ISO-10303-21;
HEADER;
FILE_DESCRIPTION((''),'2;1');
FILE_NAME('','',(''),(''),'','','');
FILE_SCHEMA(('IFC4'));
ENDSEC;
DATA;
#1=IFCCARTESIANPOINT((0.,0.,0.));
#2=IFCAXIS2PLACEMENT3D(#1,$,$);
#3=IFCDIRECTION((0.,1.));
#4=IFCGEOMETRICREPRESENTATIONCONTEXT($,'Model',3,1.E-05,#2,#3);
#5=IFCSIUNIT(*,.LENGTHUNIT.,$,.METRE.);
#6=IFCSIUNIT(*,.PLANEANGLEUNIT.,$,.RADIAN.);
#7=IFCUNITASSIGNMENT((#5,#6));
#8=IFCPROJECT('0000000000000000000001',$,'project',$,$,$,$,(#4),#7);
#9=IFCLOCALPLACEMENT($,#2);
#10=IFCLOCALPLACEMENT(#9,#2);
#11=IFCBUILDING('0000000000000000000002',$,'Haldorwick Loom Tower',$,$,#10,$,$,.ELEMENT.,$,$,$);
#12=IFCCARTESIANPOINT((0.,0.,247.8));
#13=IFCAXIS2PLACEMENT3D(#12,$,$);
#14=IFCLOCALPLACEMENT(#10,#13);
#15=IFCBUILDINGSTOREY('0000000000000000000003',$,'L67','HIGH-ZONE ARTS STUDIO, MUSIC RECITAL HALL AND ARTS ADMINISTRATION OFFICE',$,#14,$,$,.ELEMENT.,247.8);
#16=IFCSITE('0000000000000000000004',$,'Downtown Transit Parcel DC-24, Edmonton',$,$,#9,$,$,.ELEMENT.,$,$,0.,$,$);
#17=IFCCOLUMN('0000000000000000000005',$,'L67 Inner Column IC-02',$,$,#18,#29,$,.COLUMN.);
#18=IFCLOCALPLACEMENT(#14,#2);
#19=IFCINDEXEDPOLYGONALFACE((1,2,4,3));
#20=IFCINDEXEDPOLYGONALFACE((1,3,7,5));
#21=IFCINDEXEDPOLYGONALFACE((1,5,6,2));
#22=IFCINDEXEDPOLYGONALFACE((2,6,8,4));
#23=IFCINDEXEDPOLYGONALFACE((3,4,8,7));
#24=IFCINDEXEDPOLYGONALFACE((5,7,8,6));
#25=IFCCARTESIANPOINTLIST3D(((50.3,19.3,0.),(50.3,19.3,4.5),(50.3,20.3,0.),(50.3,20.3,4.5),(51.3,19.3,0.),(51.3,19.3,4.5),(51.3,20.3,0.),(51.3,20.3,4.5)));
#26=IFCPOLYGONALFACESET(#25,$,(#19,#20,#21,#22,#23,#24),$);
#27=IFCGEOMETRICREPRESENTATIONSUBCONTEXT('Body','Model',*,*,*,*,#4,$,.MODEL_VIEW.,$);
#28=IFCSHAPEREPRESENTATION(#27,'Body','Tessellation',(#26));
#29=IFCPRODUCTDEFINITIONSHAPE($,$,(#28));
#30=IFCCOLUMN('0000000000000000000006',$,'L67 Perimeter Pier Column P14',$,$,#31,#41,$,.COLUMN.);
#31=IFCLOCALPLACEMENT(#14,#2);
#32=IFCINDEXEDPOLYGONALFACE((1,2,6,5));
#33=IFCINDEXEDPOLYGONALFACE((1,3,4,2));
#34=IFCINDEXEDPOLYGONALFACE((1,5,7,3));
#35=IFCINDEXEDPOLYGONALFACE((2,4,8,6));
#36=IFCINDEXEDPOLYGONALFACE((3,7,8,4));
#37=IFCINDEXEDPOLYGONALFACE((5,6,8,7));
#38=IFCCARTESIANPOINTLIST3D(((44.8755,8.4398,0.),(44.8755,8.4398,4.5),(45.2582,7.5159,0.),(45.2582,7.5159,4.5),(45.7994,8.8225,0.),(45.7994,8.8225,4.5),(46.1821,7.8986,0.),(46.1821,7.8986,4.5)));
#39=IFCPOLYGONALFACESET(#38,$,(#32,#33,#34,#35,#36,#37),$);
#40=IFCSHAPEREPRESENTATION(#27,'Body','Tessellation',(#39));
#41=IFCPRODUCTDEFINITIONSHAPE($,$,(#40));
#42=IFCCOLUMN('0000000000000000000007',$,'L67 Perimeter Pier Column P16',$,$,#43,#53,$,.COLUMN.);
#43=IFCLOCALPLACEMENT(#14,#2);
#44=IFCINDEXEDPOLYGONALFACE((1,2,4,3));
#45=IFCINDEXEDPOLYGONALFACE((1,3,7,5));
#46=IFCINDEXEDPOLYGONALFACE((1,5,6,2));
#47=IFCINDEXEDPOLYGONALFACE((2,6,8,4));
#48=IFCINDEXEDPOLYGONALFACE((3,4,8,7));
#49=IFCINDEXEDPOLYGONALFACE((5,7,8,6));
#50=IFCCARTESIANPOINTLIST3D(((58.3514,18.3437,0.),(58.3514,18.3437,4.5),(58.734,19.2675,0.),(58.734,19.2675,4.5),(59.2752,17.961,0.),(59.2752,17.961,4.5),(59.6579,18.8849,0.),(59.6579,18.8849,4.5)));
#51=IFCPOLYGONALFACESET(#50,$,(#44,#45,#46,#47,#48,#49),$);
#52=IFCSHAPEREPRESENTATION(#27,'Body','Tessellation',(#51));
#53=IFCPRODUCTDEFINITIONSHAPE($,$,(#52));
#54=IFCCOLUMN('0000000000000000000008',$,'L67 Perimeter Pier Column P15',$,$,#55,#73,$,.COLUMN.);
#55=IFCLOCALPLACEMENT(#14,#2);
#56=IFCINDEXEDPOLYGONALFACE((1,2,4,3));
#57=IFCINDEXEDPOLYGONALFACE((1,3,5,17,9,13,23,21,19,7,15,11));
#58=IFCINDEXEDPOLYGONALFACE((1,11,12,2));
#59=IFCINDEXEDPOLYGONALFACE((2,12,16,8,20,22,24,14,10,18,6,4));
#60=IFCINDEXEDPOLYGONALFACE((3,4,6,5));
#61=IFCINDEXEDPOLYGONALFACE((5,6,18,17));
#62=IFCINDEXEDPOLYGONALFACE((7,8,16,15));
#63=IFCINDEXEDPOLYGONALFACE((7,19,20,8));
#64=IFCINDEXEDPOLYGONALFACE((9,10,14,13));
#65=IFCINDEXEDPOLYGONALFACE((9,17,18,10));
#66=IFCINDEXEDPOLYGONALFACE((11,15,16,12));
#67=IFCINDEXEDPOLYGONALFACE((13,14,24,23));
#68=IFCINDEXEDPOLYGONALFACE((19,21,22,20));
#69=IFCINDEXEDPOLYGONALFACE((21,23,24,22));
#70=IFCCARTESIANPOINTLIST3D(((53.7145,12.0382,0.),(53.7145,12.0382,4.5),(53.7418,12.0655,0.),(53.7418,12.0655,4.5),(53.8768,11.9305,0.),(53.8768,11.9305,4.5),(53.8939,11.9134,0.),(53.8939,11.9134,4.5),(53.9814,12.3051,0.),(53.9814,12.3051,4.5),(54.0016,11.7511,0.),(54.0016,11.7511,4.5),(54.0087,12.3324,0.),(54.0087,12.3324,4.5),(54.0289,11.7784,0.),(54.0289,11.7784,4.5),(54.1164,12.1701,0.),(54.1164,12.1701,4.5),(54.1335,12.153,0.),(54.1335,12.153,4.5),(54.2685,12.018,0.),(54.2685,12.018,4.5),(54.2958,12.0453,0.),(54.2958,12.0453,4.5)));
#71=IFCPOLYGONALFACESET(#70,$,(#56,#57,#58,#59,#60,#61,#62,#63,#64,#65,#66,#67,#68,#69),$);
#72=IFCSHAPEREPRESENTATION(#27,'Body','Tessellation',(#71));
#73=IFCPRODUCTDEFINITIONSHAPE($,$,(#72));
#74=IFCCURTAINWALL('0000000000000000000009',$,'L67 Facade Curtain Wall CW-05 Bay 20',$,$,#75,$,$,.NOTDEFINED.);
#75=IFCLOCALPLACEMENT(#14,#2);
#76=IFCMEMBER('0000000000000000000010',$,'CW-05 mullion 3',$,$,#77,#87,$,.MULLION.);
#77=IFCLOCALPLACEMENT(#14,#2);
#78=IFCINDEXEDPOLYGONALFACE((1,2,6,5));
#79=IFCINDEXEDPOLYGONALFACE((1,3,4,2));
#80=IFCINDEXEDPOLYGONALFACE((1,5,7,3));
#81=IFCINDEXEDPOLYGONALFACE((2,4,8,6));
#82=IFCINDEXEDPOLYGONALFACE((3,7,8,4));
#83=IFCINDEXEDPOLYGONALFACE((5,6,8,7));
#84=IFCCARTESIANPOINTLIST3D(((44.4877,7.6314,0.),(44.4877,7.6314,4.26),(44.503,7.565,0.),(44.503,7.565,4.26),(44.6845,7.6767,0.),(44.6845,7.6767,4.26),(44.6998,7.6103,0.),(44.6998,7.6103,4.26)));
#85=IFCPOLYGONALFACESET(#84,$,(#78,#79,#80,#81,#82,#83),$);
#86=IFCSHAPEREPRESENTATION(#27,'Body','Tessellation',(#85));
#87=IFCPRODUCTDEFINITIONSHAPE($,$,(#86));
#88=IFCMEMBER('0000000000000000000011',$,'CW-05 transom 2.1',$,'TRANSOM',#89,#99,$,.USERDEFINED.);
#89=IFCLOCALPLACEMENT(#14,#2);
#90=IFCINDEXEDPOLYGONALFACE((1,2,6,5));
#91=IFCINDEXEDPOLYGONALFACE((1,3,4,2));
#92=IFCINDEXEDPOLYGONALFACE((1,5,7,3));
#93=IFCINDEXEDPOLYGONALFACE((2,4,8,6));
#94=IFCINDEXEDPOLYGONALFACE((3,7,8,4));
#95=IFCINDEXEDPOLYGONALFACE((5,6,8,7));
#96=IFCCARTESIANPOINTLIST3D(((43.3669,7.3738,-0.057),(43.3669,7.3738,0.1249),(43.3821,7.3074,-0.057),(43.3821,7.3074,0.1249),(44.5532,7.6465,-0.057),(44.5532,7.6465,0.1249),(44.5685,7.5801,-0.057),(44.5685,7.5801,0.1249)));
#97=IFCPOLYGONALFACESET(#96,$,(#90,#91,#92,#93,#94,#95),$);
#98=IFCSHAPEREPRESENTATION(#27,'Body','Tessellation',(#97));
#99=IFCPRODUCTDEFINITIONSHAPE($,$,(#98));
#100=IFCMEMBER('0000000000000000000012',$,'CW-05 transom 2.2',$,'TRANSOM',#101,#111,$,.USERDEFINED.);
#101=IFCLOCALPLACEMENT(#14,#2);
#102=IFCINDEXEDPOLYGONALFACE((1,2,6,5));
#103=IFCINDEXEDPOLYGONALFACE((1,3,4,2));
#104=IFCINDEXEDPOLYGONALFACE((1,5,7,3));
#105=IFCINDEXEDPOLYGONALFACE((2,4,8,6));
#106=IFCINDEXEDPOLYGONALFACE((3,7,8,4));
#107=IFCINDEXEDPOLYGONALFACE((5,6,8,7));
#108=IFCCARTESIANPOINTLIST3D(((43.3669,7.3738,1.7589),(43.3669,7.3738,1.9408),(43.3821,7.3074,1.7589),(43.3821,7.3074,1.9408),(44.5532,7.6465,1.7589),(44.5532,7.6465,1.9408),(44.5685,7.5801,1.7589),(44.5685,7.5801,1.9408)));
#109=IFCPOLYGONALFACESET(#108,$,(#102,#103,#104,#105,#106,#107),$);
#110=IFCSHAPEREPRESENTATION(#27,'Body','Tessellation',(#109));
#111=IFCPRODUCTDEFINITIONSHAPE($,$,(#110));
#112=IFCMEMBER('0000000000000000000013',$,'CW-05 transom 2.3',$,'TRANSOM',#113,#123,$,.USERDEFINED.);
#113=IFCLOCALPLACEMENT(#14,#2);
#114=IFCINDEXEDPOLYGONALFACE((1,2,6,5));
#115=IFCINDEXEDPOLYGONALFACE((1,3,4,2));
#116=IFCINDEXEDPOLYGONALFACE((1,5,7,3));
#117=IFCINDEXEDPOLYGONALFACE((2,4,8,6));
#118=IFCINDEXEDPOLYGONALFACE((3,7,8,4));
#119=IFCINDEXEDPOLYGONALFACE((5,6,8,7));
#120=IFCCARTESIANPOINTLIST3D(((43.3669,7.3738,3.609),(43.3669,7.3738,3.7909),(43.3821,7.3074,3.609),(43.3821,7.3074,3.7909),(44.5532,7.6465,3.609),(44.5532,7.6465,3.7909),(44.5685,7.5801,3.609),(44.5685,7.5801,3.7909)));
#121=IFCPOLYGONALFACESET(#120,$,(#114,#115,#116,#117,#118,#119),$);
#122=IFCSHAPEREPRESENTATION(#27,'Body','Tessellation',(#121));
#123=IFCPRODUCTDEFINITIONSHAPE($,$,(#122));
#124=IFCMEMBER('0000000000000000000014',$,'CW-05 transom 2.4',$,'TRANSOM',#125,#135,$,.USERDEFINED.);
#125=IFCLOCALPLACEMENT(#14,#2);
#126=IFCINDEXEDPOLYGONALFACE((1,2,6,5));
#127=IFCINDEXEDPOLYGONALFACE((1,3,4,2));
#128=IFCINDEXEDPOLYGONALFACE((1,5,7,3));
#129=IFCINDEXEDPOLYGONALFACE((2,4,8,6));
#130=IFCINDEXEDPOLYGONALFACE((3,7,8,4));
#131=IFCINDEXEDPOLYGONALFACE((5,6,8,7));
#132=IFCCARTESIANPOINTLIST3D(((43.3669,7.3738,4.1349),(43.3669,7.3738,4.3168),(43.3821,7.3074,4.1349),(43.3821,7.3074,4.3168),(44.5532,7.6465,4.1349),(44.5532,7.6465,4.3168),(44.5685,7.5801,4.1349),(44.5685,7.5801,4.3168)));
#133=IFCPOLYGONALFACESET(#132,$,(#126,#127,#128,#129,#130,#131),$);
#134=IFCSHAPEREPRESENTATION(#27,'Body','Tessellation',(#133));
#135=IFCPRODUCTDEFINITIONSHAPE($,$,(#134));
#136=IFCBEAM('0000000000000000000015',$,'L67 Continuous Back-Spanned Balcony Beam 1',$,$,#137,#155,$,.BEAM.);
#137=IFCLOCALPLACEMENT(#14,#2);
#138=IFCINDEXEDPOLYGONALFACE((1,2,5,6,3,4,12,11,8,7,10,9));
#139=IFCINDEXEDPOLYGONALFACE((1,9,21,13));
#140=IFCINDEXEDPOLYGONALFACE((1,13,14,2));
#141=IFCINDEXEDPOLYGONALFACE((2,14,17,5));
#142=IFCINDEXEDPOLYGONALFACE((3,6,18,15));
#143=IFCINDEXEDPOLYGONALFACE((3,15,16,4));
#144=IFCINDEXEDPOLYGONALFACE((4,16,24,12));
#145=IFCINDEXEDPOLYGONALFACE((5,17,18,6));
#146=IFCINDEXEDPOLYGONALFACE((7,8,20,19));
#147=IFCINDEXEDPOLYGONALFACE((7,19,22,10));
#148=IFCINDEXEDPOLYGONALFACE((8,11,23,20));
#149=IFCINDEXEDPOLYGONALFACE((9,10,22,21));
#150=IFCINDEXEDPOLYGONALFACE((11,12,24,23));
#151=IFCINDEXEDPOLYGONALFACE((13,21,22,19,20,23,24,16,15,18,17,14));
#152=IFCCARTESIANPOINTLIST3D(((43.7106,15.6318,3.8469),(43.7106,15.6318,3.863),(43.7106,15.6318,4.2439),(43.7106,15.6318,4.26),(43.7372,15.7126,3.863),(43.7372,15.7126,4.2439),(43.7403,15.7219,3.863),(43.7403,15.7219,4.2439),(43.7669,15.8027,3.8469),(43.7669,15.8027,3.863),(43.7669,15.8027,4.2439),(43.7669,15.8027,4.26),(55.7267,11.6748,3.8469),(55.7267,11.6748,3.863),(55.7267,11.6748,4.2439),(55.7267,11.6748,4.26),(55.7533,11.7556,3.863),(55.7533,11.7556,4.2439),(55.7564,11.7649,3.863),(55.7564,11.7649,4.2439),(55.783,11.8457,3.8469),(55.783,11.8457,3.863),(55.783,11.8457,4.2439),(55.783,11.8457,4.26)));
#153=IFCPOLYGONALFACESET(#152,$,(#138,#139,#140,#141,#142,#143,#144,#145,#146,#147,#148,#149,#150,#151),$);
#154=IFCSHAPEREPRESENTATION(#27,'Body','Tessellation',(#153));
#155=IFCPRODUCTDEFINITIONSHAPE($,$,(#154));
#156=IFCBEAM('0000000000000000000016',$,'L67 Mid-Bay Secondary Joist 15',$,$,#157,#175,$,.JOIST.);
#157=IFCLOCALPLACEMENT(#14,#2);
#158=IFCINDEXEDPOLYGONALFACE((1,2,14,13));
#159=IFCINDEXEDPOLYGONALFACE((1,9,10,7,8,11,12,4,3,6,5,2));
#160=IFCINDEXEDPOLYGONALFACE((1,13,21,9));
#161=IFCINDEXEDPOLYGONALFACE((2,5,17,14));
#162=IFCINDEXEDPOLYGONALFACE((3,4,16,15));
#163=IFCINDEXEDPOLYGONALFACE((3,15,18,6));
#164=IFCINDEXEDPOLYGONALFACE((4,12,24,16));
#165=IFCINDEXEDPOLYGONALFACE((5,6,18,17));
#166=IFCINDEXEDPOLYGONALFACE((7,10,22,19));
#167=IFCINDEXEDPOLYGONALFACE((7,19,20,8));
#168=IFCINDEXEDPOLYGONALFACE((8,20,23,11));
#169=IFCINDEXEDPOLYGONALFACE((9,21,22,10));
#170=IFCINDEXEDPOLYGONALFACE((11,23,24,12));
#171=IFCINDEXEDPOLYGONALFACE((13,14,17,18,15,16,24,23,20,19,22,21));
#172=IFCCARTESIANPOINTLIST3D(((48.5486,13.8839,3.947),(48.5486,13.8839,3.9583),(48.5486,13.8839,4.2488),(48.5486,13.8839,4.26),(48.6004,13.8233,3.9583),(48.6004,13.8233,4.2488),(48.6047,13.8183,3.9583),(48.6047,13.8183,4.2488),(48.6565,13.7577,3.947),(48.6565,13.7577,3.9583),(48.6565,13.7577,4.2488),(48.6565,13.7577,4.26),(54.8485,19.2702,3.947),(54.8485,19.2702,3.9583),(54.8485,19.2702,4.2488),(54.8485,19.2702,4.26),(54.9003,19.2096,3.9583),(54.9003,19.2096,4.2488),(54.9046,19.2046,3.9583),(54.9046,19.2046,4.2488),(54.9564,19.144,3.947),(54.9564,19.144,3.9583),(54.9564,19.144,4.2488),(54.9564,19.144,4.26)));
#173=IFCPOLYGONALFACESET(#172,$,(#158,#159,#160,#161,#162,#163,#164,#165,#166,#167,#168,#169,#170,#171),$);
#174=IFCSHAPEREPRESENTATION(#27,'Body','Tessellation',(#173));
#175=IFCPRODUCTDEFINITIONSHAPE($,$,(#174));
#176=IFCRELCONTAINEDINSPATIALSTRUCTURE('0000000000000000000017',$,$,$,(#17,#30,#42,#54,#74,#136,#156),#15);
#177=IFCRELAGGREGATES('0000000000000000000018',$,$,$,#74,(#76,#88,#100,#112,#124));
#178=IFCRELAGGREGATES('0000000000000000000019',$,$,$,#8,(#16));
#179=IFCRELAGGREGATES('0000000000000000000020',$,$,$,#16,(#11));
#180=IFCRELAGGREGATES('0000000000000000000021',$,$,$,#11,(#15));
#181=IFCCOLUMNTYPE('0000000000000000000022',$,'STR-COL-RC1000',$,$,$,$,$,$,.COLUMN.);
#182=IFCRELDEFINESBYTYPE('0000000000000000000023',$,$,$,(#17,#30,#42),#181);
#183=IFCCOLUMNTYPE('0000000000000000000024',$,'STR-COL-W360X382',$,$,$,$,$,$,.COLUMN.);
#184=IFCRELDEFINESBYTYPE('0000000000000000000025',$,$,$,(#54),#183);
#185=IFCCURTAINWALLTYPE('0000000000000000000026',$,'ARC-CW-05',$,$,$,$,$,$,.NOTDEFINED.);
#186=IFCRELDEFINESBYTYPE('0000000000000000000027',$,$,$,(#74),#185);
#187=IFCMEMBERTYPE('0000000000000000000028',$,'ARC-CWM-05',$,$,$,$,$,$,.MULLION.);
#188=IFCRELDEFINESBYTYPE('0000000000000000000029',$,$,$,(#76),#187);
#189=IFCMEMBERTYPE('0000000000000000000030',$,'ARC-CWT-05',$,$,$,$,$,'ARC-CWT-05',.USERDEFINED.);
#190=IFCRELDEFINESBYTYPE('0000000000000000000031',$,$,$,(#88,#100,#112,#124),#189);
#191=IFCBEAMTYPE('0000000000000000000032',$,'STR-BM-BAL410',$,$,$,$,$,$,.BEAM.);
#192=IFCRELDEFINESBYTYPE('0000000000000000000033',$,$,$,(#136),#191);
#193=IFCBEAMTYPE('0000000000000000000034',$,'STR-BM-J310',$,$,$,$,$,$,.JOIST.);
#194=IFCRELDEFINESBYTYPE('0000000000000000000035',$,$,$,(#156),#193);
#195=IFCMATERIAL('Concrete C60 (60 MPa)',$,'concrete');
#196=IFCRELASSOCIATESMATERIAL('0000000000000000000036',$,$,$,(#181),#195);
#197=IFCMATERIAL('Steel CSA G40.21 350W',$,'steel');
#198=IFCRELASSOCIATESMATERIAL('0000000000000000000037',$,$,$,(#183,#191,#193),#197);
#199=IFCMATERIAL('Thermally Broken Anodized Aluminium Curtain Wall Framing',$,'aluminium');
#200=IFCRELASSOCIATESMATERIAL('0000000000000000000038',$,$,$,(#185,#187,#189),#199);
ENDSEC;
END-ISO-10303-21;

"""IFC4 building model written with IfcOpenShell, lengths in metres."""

from ifc_helpers import new_model, si_unit, direction, frame, origin, origin_2d, place, context, subcontext, project, spatial, rectangle, i_section, extrude, material, material_profile, profile_set, type_object, element, aggregate, save


model = new_model("IFC4")

# Units and contexts
model_context = context("Model", 3, precision=1e-05, world=origin(), true_north=direction((0.0, 1.0)))
body_context = subcontext(model_context, "Body", "Model", "MODEL_VIEW")
ifc_project = project(units=[si_unit("LENGTHUNIT", "METRE"), si_unit("PLANEANGLEUNIT", "RADIAN")], contexts=[model_context])

# Site, building, storey
site_placement = place(None, origin())
site = spatial("IfcSite", under=ifc_project, at=site_placement, Name="Downtown Transit Parcel DC-24, Edmonton", CompositionType="ELEMENT", RefElevation=0.0)
building_placement = place(site_placement, origin())
building = spatial("IfcBuilding", under=site, at=building_placement, Name="Haldorwick Loom Tower", CompositionType="ELEMENT")
storey_placement = place(building_placement, frame((0.0, 0.0, 247.8)))
storey = spatial("IfcBuildingStorey", under=building, at=storey_placement, Name="L67", Description="HIGH-ZONE ARTS STUDIO, MUSIC RECITAL HALL AND ARTS ADMINISTRATION OFFICE", CompositionType="ELEMENT", Elevation=247.8)

# Columns
ifc_material_1 = material(Name="Concrete C60 (60 MPa)", Category="concrete")
ifc_material_profile_1 = material_profile(ifc_material_1, rectangle(XDim=1.0, YDim=1.0, at=origin_2d()), Name="RC1000X1000", Category="concrete")
ifc_profile_set_1 = profile_set([ifc_material_profile_1], Name="Concrete C60 (60 MPa)")
column_type_1 = type_object("IfcColumnType", Name="STR-COL-RC1000", PredefinedType="COLUMN", material=ifc_profile_set_1)
for number, where, z_axis, x_axis, name in (
    (1, (50.8, 19.8, 0.0), (0.0, 0.0, 1.0), (1.0, 0.0, 0.0), "L67 Inner Column IC-02"),
    (2, (45.5288, 8.1692, 0.0), (0.0, 0.0, 1.0), (0.382683, -0.92388, 0.0), "L67 Perimeter Pier Column P14"),
    (3, (59.0046, 18.6143, 0.0), (0.0, 0.0, 1.0), (0.92388, -0.382683, 0.0), "L67 Perimeter Pier Column P16"),
):
    element("IfcColumn", number, at=place(storey_placement, frame(where, z_axis=z_axis, x_axis=x_axis)), inside=storey, type_object=column_type_1, Name=name, PredefinedType="COLUMN", context=body_context, shape_type="SweptSolid", body=[
        extrude(rectangle(XDim=1.0, YDim=1.0, at=origin_2d()), origin(), (0.0, 0.0, 1.0), 4.5),
    ])
ifc_material_2 = material(Name="Steel CSA G40.21 350W", Category="steel")
ifc_material_profile_2 = material_profile(ifc_material_2, i_section(OverallWidth=0.406, OverallDepth=0.416, WebThickness=0.0242, FlangeThickness=0.0386, at=origin_2d()), Name="W360X382", Category="steel")
ifc_profile_set_2 = profile_set([ifc_material_profile_2], Name="Steel CSA G40.21 350W")
column_type_2 = type_object("IfcColumnType", Name="STR-COL-W360X382", PredefinedType="COLUMN", material=ifc_profile_set_2)
column_placement = place(storey_placement, frame((54.0051, 12.0417, 0.0), z_axis=(0.0, 0.0, 1.0), x_axis=(0.707107, -0.707107, 0.0)))
element("IfcColumn", 4, at=column_placement, inside=storey, type_object=column_type_2, Name="L67 Perimeter Pier Column P15", PredefinedType="COLUMN", context=body_context, shape_type="SweptSolid", body=[
    extrude(i_section(OverallWidth=0.406, OverallDepth=0.416, WebThickness=0.0242, FlangeThickness=0.0386, at=origin_2d()), origin(), (0.0, 0.0, 1.0), 4.5),
])

# Curtain wall, members
ifc_material_3 = material(Name="Thermally Broken Anodized Aluminium Curtain Wall Framing", Category="aluminium")
curtain_wall_type = type_object("IfcCurtainWallType", Name="ARC-CW-05", PredefinedType="NOTDEFINED", material=ifc_material_3)
curtain_wall_placement = place(storey_placement, origin())
curtain_wall = element("IfcCurtainWall", 5, at=curtain_wall_placement, inside=storey, type_object=curtain_wall_type, Name="L67 Facade Curtain Wall CW-05 Bay 20", PredefinedType="NOTDEFINED")
ifc_material_profile_3 = material_profile(ifc_material_3, rectangle(XDim=0.0681, YDim=0.2019, at=origin_2d()), Name="ALU_MUL_68X202", Category="aluminium")
ifc_profile_set_3 = profile_set([ifc_material_profile_3], Name="Thermally Broken Anodized Aluminium Curtain Wall Framing")
member_type_1 = type_object("IfcMemberType", Name="ARC-CWM-05", PredefinedType="MULLION", material=ifc_profile_set_3)
member_1_placement = place(storey_placement, frame((44.5938, 7.6208, 0.0), z_axis=(0.0, 0.0, 1.0), x_axis=(-0.223949, 0.974601, 0.0)))
member_1 = element("IfcMember", 6, at=member_1_placement, type_object=member_type_1, Name="CW-05 mullion 3", PredefinedType="MULLION", context=body_context, shape_type="SweptSolid", body=[
    extrude(rectangle(XDim=0.0681, YDim=0.2019, at=origin_2d()), origin(), (0.0, 0.0, 1.0), 4.26),
])
ifc_material_profile_4 = material_profile(ifc_material_3, rectangle(XDim=0.0681, YDim=0.1819, at=origin_2d()), Name="ALU_TRN_68X182", Category="aluminium")
ifc_profile_set_4 = profile_set([ifc_material_profile_4], Name="Thermally Broken Anodized Aluminium Curtain Wall Framing")
member_type_2 = type_object("IfcMemberType", Name="ARC-CWT-05", ElementType="ARC-CWT-05", PredefinedType="USERDEFINED", material=ifc_profile_set_4)
member_2_placement = place(storey_placement, frame((43.3745, 7.3406, 0.0339), z_axis=(0.97458, 0.224039, 0.0), x_axis=(-0.224039, 0.97458, 0.0)))
member_2 = element("IfcMember", 7, at=member_2_placement, type_object=member_type_2, Name="CW-05 transom 2.1", ObjectType="TRANSOM", PredefinedType="USERDEFINED", context=body_context, shape_type="SweptSolid", body=[
    extrude(rectangle(XDim=0.0681, YDim=0.1819, at=origin_2d()), origin(), (0.0, 0.0, 1.0), 1.2173),
])
member_3_placement = place(storey_placement, frame((43.3745, 7.3406, 1.8499), z_axis=(0.97458, 0.224039, 0.0), x_axis=(-0.224039, 0.97458, 0.0)))
member_3 = element("IfcMember", 8, at=member_3_placement, type_object=member_type_2, Name="CW-05 transom 2.2", ObjectType="TRANSOM", PredefinedType="USERDEFINED", context=body_context, shape_type="SweptSolid", body=[
    extrude(rectangle(XDim=0.0681, YDim=0.1819, at=origin_2d()), origin(), (0.0, 0.0, 1.0), 1.2173),
])
member_4_placement = place(storey_placement, frame((43.3745, 7.3406, 3.7), z_axis=(0.97458, 0.224039, 0.0), x_axis=(-0.224039, 0.97458, 0.0)))
member_4 = element("IfcMember", 9, at=member_4_placement, type_object=member_type_2, Name="CW-05 transom 2.3", ObjectType="TRANSOM", PredefinedType="USERDEFINED", context=body_context, shape_type="SweptSolid", body=[
    extrude(rectangle(XDim=0.0681, YDim=0.1819, at=origin_2d()), origin(), (0.0, 0.0, 1.0), 1.2173),
])
member_5_placement = place(storey_placement, frame((43.3745, 7.3406, 4.2258), z_axis=(0.97458, 0.224039, 0.0), x_axis=(-0.224039, 0.97458, 0.0)))
member_5 = element("IfcMember", 10, at=member_5_placement, type_object=member_type_2, Name="CW-05 transom 2.4", ObjectType="TRANSOM", PredefinedType="USERDEFINED", context=body_context, shape_type="SweptSolid", body=[
    extrude(rectangle(XDim=0.0681, YDim=0.1819, at=origin_2d()), origin(), (0.0, 0.0, 1.0), 1.2173),
])

# Beams
ifc_material_profile_5 = material_profile(ifc_material_2, i_section(OverallWidth=0.1799, OverallDepth=0.4131, WebThickness=0.0098, FlangeThickness=0.0161, at=origin_2d()), Name="W410X74", Category="steel")
ifc_profile_set_5 = profile_set([ifc_material_profile_5], Name="Steel CSA G40.21 350W")
beam_type_1 = type_object("IfcBeamType", Name="STR-BM-BAL410", PredefinedType="BEAM", material=ifc_profile_set_5)
beam_1_placement = place(storey_placement, frame((43.7388, 15.7173, 4.0535), z_axis=(0.949823, -0.312787, 0.0), x_axis=(0.312787, 0.949823, 0.0)))
element("IfcBeam", 11, at=beam_1_placement, inside=storey, type_object=beam_type_1, Name="L67 Continuous Back-Spanned Balcony Beam 1", PredefinedType="BEAM", context=body_context, shape_type="SweptSolid", body=[
    extrude(i_section(OverallWidth=0.1799, OverallDepth=0.4131, WebThickness=0.0098, FlangeThickness=0.0161, at=origin_2d()), origin(), (0.0, 0.0, 1.0), 12.6509),
])
ifc_material_profile_6 = material_profile(ifc_material_2, i_section(OverallWidth=0.166, OverallDepth=0.313, WebThickness=0.0066, FlangeThickness=0.0112, at=origin_2d()), Name="W310X45", Category="steel")
ifc_profile_set_6 = profile_set([ifc_material_profile_6], Name="Steel CSA G40.21 350W")
beam_type_2 = type_object("IfcBeamType", Name="STR-BM-J310", PredefinedType="JOIST", material=ifc_profile_set_6)
beam_2_placement = place(storey_placement, frame((48.6025, 13.8208, 4.1035), z_axis=(0.760067, 0.649845, 0.0), x_axis=(-0.649845, 0.760067, 0.0)))
element("IfcBeam", 12, at=beam_2_placement, inside=storey, type_object=beam_type_2, Name="L67 Mid-Bay Secondary Joist 15", PredefinedType="JOIST", context=body_context, shape_type="SweptSolid", body=[
    extrude(i_section(OverallWidth=0.166, OverallDepth=0.313, WebThickness=0.0066, FlangeThickness=0.0112, at=origin_2d()), origin(), (0.0, 0.0, 1.0), 8.2886),
])

aggregate(curtain_wall, [member_1, member_2, member_3, member_4, member_5])

save(model, "model.ifc")
